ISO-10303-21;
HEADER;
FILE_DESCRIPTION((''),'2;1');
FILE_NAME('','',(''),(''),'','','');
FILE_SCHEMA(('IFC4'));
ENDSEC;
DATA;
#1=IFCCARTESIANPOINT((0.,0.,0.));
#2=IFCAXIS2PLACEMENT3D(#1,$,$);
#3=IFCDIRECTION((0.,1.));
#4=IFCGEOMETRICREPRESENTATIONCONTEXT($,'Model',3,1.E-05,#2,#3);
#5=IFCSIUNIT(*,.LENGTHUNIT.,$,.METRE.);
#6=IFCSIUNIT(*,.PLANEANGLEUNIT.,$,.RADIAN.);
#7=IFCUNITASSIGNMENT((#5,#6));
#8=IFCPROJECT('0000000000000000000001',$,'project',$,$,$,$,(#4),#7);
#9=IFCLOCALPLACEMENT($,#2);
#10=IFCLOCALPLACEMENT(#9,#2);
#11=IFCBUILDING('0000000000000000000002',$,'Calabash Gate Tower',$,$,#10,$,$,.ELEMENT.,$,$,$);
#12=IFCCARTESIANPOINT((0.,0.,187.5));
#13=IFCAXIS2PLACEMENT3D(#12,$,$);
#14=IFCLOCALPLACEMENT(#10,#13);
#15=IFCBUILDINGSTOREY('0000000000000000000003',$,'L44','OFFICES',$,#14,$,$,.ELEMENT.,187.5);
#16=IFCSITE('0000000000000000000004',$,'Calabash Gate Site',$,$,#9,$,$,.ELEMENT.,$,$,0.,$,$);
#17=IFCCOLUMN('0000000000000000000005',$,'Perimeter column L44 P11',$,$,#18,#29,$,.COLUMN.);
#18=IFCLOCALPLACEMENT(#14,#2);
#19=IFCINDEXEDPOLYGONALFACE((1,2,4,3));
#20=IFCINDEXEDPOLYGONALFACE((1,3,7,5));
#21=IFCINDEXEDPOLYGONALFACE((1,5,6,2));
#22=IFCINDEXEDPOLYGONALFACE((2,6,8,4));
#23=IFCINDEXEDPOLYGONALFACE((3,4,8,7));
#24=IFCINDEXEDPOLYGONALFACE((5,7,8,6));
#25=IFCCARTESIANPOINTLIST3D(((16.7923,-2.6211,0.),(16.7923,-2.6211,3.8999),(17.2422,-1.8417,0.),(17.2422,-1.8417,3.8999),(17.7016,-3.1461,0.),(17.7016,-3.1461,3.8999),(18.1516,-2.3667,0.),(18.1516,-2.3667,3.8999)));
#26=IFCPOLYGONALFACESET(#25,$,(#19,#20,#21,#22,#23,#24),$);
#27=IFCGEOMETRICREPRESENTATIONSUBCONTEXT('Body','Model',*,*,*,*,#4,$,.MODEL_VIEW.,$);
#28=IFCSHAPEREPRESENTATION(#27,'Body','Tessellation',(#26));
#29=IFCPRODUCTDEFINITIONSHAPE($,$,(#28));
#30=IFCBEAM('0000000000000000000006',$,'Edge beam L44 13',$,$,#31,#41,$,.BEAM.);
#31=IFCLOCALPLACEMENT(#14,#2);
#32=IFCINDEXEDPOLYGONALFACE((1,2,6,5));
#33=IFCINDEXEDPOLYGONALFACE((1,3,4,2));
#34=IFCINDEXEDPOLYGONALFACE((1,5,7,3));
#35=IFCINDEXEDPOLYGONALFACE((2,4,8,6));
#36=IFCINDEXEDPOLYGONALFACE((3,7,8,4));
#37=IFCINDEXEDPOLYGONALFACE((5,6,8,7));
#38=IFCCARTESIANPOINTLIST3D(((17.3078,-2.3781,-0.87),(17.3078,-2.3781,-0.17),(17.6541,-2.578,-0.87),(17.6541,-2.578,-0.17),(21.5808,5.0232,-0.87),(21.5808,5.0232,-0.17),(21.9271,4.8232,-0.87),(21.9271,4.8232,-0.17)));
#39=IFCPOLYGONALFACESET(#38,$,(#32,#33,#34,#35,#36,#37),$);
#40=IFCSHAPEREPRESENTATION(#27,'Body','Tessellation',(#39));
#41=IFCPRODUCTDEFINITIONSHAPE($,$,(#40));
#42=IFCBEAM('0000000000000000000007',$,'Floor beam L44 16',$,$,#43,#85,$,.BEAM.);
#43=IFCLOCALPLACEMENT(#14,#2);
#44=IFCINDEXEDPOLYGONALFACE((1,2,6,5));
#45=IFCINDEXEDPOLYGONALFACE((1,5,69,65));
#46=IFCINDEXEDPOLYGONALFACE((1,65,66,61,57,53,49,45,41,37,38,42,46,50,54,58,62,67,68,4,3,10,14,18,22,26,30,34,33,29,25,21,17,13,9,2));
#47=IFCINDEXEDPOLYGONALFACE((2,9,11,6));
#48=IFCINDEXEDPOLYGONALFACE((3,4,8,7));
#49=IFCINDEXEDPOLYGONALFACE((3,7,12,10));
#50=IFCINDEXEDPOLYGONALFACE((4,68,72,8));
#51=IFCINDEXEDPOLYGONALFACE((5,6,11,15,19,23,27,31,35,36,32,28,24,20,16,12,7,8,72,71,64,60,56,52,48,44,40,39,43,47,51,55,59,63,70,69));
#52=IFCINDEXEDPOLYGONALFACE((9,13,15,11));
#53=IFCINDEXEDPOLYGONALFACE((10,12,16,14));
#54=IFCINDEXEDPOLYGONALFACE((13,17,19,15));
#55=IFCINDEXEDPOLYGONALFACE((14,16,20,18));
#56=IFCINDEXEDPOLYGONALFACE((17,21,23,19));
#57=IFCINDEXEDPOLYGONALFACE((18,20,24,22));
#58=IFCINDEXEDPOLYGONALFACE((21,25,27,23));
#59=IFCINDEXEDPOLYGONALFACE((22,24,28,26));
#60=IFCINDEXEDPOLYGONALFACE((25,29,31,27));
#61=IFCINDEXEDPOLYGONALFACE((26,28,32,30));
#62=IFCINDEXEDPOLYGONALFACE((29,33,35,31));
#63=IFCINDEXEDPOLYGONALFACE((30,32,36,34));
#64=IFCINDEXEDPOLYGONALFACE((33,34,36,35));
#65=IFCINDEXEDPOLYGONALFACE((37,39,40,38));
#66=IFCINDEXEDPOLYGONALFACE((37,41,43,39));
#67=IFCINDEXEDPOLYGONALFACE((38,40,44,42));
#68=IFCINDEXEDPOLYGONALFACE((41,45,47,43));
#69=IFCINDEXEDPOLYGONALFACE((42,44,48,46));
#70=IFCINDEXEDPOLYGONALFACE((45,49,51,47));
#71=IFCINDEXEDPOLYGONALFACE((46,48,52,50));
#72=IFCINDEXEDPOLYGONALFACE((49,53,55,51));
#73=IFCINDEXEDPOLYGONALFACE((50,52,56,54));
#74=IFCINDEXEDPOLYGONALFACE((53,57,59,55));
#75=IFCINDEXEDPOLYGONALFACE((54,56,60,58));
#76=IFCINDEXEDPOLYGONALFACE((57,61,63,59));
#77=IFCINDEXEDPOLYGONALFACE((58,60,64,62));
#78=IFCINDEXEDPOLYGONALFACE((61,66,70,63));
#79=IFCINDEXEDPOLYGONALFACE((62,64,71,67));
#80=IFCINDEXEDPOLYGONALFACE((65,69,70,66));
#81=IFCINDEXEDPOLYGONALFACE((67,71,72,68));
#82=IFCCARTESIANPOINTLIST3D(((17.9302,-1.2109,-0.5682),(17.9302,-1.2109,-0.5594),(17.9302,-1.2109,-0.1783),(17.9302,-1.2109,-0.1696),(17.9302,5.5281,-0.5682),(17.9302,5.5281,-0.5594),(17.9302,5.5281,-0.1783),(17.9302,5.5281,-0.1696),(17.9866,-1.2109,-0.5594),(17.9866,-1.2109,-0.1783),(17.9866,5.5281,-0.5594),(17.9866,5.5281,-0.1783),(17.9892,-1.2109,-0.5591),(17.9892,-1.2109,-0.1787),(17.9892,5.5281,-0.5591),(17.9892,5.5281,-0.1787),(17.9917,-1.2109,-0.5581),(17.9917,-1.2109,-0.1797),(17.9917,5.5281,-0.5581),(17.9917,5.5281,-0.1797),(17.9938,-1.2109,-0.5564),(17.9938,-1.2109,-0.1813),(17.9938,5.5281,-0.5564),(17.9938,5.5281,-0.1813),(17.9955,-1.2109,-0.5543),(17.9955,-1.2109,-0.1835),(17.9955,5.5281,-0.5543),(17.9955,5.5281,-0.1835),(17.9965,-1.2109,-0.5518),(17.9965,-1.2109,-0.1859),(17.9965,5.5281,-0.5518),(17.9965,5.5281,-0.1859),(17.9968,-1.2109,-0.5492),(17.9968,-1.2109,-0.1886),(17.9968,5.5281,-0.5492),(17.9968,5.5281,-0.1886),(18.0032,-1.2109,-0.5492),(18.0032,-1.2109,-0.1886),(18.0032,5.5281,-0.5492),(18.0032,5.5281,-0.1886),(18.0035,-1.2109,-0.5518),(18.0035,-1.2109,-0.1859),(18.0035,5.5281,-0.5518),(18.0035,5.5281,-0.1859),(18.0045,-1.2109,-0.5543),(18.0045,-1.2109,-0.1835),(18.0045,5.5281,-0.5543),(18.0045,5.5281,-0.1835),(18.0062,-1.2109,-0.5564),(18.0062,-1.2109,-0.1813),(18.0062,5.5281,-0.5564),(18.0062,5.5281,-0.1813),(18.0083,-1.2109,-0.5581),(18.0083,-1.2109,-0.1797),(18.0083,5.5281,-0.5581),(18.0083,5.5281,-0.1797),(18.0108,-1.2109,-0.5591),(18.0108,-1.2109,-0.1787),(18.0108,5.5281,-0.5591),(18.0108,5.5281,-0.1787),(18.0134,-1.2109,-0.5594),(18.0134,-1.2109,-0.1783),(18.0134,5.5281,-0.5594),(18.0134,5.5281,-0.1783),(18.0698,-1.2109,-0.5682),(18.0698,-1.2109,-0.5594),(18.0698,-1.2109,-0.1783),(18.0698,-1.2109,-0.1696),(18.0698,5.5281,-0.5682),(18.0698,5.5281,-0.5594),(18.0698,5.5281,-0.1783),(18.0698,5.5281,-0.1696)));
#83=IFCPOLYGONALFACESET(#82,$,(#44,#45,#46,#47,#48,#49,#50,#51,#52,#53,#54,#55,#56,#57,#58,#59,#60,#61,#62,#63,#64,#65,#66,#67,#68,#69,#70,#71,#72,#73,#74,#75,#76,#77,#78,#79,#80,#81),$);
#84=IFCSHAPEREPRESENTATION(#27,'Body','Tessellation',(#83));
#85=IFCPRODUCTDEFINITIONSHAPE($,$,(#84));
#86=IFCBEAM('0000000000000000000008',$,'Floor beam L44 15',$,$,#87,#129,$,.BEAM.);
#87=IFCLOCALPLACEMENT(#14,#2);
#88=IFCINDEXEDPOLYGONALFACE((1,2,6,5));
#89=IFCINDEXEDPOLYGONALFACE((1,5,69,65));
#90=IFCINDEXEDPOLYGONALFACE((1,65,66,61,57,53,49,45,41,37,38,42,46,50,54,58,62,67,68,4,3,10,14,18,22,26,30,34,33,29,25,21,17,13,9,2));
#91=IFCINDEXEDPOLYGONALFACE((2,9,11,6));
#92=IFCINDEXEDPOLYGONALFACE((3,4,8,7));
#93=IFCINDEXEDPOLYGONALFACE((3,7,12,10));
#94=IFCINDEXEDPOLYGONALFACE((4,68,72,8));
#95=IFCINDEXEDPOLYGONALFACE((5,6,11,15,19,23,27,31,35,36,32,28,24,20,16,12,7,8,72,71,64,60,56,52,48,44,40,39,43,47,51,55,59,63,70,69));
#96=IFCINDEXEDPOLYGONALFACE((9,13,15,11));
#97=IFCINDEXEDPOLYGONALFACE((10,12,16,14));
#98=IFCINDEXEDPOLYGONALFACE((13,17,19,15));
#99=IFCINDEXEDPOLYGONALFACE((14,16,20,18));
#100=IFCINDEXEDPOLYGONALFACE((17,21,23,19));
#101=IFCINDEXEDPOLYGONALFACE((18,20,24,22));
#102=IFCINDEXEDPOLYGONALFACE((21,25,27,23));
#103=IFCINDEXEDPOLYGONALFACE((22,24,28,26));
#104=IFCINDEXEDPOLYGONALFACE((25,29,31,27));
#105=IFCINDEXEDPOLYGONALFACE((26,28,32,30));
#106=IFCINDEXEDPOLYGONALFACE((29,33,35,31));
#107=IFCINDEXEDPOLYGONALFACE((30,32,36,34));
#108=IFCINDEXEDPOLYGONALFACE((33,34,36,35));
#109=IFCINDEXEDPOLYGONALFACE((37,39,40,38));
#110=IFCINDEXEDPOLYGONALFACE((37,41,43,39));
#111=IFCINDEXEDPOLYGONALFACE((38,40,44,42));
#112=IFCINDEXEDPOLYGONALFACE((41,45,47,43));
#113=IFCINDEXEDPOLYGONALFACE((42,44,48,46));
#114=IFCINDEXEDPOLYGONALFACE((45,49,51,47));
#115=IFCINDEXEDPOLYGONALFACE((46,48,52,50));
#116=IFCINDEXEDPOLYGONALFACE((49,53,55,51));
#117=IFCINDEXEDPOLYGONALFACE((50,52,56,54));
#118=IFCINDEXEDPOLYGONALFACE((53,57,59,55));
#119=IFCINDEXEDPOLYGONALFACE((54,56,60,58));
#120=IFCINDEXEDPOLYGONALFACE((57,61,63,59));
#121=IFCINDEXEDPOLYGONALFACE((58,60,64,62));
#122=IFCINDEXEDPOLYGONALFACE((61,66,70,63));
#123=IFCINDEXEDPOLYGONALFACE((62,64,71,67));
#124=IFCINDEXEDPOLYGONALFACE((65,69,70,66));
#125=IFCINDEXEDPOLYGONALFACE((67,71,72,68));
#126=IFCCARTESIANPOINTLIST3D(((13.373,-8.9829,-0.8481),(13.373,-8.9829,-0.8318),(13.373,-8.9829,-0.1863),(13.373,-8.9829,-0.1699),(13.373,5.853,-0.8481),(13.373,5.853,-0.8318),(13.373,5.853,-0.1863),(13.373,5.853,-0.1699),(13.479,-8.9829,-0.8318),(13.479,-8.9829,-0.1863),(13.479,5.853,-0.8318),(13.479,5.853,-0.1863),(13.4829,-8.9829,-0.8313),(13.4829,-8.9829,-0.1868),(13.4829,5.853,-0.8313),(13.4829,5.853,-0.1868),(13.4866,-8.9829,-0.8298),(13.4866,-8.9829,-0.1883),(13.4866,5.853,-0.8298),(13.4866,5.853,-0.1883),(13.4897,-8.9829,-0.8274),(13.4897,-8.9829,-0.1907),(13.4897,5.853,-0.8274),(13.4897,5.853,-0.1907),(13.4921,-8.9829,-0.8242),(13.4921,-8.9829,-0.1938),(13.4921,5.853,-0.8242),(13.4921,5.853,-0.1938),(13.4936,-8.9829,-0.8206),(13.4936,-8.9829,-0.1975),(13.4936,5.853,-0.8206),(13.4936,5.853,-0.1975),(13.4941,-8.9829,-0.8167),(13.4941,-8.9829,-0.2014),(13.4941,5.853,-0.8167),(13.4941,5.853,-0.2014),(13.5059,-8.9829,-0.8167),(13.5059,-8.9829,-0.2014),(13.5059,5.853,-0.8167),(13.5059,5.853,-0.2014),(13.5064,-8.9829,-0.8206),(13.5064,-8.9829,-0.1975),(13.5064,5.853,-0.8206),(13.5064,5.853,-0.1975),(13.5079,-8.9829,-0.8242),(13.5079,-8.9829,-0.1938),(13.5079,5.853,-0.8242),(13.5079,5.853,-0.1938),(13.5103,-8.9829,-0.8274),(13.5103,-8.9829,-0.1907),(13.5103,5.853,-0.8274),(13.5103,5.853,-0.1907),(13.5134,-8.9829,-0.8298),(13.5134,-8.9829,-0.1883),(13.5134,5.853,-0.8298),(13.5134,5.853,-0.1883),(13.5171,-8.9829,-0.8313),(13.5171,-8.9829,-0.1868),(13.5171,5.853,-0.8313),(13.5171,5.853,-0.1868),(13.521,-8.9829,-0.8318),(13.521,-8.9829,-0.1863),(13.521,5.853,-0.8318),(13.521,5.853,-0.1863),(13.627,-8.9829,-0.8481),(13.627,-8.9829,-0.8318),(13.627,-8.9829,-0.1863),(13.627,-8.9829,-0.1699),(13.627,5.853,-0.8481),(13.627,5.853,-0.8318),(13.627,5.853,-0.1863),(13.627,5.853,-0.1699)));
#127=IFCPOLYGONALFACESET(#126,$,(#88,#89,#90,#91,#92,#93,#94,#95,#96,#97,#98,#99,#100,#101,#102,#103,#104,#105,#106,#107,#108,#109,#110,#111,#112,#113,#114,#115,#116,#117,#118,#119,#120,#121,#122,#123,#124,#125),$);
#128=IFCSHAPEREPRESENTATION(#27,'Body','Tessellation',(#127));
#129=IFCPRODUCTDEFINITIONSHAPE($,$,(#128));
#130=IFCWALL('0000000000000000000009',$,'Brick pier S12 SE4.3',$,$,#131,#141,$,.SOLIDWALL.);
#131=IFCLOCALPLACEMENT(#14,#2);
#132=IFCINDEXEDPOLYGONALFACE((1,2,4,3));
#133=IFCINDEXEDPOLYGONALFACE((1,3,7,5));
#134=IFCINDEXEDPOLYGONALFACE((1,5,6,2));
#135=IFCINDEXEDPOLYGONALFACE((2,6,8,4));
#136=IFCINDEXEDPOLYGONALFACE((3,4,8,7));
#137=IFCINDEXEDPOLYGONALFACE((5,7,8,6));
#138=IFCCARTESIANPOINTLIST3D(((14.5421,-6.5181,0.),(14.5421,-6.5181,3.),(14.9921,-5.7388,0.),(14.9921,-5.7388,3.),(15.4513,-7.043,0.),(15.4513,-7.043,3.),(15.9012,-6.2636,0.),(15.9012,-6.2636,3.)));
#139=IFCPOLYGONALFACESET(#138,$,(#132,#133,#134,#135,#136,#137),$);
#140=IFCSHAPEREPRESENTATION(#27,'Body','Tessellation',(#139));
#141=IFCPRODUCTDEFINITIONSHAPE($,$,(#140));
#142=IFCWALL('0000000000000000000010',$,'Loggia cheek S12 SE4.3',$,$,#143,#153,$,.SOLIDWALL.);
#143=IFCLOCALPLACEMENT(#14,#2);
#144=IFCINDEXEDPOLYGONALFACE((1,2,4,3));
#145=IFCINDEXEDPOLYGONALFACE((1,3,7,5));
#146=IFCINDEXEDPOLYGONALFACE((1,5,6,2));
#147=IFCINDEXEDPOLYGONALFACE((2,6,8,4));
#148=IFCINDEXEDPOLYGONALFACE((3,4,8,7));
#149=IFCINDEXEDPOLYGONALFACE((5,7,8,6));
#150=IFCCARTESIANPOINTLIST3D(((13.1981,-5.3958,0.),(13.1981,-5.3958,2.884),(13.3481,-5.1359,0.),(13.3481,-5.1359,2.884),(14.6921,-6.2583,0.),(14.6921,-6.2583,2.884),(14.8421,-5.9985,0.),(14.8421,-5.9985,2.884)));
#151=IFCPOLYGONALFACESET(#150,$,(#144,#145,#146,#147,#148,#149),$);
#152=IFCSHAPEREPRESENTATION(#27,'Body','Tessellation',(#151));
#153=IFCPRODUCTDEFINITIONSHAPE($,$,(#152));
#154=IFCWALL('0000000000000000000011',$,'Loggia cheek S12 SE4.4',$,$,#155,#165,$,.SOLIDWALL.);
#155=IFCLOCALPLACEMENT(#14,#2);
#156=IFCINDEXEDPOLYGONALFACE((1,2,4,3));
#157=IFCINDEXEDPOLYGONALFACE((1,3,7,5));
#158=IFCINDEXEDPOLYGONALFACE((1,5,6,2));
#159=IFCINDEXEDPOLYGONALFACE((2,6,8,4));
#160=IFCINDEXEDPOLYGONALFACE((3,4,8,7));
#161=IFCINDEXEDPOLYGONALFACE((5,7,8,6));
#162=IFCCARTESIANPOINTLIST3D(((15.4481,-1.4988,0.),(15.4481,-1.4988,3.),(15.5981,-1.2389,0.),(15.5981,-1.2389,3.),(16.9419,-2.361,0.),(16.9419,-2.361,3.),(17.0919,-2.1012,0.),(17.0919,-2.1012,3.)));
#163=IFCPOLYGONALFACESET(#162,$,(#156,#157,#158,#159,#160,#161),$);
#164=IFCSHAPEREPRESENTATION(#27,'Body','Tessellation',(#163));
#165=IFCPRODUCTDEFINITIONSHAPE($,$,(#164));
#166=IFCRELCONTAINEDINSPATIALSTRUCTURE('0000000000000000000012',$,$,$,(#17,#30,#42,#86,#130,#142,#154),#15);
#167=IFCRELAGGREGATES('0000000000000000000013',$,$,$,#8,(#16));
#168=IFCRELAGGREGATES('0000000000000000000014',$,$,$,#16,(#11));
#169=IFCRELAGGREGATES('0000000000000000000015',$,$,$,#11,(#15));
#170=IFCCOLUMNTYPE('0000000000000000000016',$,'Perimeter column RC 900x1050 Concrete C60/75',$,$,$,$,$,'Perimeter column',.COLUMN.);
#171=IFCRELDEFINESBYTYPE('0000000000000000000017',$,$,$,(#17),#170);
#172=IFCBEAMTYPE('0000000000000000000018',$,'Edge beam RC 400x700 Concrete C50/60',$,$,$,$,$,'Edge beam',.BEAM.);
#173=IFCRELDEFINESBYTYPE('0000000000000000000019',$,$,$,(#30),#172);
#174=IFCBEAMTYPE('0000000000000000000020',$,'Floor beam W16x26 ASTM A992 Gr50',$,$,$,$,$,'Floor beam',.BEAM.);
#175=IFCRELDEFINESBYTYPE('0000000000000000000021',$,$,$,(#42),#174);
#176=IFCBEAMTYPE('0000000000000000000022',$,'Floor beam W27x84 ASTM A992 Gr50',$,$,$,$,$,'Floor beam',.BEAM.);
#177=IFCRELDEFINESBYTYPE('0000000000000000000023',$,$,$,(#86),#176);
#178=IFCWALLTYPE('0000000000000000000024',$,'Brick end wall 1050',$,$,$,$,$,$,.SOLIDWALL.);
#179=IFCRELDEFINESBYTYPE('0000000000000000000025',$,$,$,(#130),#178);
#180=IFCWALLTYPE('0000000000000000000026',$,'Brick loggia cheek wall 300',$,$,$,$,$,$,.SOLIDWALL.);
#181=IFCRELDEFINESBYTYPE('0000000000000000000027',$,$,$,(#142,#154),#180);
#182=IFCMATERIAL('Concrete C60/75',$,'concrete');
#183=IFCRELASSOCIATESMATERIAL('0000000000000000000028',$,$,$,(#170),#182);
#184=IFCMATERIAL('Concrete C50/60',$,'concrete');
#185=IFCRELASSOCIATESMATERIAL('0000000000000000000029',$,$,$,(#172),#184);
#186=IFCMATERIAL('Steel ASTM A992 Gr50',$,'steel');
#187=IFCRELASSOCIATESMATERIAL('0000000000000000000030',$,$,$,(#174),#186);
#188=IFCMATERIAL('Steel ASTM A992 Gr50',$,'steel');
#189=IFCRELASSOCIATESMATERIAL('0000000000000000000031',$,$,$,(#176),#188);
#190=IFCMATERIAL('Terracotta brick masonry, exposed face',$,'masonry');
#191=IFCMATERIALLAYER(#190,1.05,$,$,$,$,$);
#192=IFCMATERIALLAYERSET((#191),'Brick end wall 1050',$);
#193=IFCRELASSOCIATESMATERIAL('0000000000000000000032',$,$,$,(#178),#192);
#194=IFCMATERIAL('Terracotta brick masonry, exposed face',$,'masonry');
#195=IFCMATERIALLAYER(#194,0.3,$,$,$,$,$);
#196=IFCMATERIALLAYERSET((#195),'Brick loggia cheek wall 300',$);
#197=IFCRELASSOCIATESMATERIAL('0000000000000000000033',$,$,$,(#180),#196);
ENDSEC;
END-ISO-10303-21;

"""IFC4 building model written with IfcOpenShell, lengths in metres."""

from ifc_helpers import new_model, si_unit, direction, frame, frame_2d, origin, origin_2d, place, context, subcontext, project, spatial, rectangle, i_section, extrude, material, layer, layer_set, material_profile, profile_set, type_object, element, save


model = new_model("IFC4")

# Units and contexts
model_context = context("Model", 3, precision=1e-05, world=origin(), true_north=direction((0.0, 1.0)))
body_context = subcontext(model_context, "Body", "Model", "MODEL_VIEW")
ifc_project = project(units=[si_unit("LENGTHUNIT", "METRE"), si_unit("PLANEANGLEUNIT", "RADIAN")], contexts=[model_context])

# Site, building, storey
site_placement = place(None, origin())
site = spatial("IfcSite", under=ifc_project, at=site_placement, Name="Calabash Gate Site", CompositionType="ELEMENT", RefElevation=0.0)
building_placement = place(site_placement, origin())
building = spatial("IfcBuilding", under=site, at=building_placement, Name="Calabash Gate Tower", CompositionType="ELEMENT")
storey_placement = place(building_placement, frame((0.0, 0.0, 187.5)))
storey = spatial("IfcBuildingStorey", under=building, at=storey_placement, Name="L44", Description="OFFICES", CompositionType="ELEMENT", Elevation=187.5)

# Column
ifc_material_1 = material(Name="Concrete C60/75", Category="concrete")
ifc_material_profile_1 = material_profile(ifc_material_1, rectangle(XDim=0.8999, YDim=1.05, at=origin_2d()))
ifc_profile_set_1 = profile_set([ifc_material_profile_1], Name="Concrete C60/75")
column_type = type_object("IfcColumnType", Name="Perimeter column RC 900x1050 Concrete C60/75", ElementType="Perimeter column", PredefinedType="COLUMN", material=ifc_profile_set_1)
column_placement = place(storey_placement, frame((17.4719, -2.4939, 0.0), z_axis=(0.0, 0.0, 1.0), x_axis=(0.5, 0.866025, 0.0)))
element("IfcColumn", 1, at=column_placement, inside=storey, type_object=column_type, Name="Perimeter column L44 P11", PredefinedType="COLUMN", context=body_context, shape_type="SweptSolid", body=[
    extrude(rectangle(XDim=0.8999, YDim=1.05, at=origin_2d()), origin(), (0.0, 0.0, 1.0), 3.8999),
])

# Beams
ifc_material_2 = material(Name="Concrete C50/60", Category="concrete")
ifc_material_profile_2 = material_profile(ifc_material_2, rectangle(XDim=0.3999, YDim=0.7, at=origin_2d()))
ifc_profile_set_2 = profile_set([ifc_material_profile_2], Name="Concrete C50/60")
beam_type_1 = type_object("IfcBeamType", Name="Edge beam RC 400x700 Concrete C50/60", ElementType="Edge beam", PredefinedType="BEAM", material=ifc_profile_set_2)
beam_1_placement = place(storey_placement, frame((17.481, -2.478, -0.52), z_axis=(0.499992, 0.86603, 0.0), x_axis=(-0.86603, 0.499992, 0.0)))
element("IfcBeam", 2, at=beam_1_placement, inside=storey, type_object=beam_type_1, Name="Edge beam L44 13", PredefinedType="BEAM", context=body_context, shape_type="SweptSolid", body=[
    extrude(rectangle(XDim=0.3999, YDim=0.7, at=origin_2d()), origin(), (0.0, 0.0, 1.0), 8.5461),
])
ifc_material_3 = material(Name="Steel ASTM A992 Gr50", Category="steel")
ifc_material_profile_3 = material_profile(ifc_material_3, i_section(OverallWidth=0.1396, OverallDepth=0.3987, WebThickness=0.0063, FlangeThickness=0.0088, FilletRadius=0.0103, at=origin_2d()))
ifc_profile_set_3 = profile_set([ifc_material_profile_3], Name="Steel ASTM A992 Gr50")
beam_type_2 = type_object("IfcBeamType", Name="Floor beam W16x26 ASTM A992 Gr50", ElementType="Floor beam", PredefinedType="BEAM", material=ifc_profile_set_3)
beam_2_placement = place(storey_placement, frame((18.0, -1.2109, -0.3689), z_axis=(0.0, 1.0, 0.0), x_axis=(-1.0, 0.0, 0.0)))
element("IfcBeam", 3, at=beam_2_placement, inside=storey, type_object=beam_type_2, Name="Floor beam L44 16", PredefinedType="BEAM", context=body_context, shape_type="SweptSolid", body=[
    extrude(i_section(OverallWidth=0.1396, OverallDepth=0.3987, WebThickness=0.0063, FlangeThickness=0.0088, FilletRadius=0.0103, at=origin_2d()), origin(), (0.0, 0.0, 1.0), 6.739),
])
ifc_material_4 = material(Name="Steel ASTM A992 Gr50", Category="steel")
ifc_material_profile_4 = material_profile(ifc_material_4, i_section(OverallWidth=0.2539, OverallDepth=0.6782, WebThickness=0.0117, FlangeThickness=0.0164, FilletRadius=0.0151, at=origin_2d()))
ifc_profile_set_4 = profile_set([ifc_material_profile_4], Name="Steel ASTM A992 Gr50")
beam_type_3 = type_object("IfcBeamType", Name="Floor beam W27x84 ASTM A992 Gr50", ElementType="Floor beam", PredefinedType="BEAM", material=ifc_profile_set_4)
beam_3_placement = place(storey_placement, frame((13.5, -8.9829, -0.509), z_axis=(0.0, 1.0, 0.0), x_axis=(-1.0, 0.0, 0.0)))
element("IfcBeam", 4, at=beam_3_placement, inside=storey, type_object=beam_type_3, Name="Floor beam L44 15", PredefinedType="BEAM", context=body_context, shape_type="SweptSolid", body=[
    extrude(i_section(OverallWidth=0.2539, OverallDepth=0.6782, WebThickness=0.0117, FlangeThickness=0.0164, FilletRadius=0.0151, at=origin_2d()), origin(), (0.0, 0.0, 1.0), 14.8359),
])

# Walls
ifc_material_5 = material(Name="Terracotta brick masonry, exposed face", Category="masonry")
ifc_layer_1 = layer(ifc_material_5, 1.05)
ifc_layer_set_1 = layer_set([ifc_layer_1], Name="Brick end wall 1050")
wall_type_1 = type_object("IfcWallType", Name="Brick end wall 1050", PredefinedType="SOLIDWALL", material=ifc_layer_set_1)
wall_1_placement = place(storey_placement, frame((15.6763, -6.6533, 0.0), z_axis=(0.0, 0.0, 1.0), x_axis=(-0.866031, 0.499991, 0.0)))
element("IfcWall", 5, at=wall_1_placement, inside=storey, type_object=wall_type_1, Name="Brick pier S12 SE4.3", PredefinedType="SOLIDWALL", context=body_context, shape_type="SweptSolid", body=[
    extrude(rectangle(XDim=1.0498, YDim=0.8999, at=frame_2d((0.5249, 0.0))), origin(), (0.0, 0.0, 1.0), 3.0),
])
ifc_material_6 = material(Name="Terracotta brick masonry, exposed face", Category="masonry")
ifc_layer_2 = layer(ifc_material_6, 0.3)
ifc_layer_set_2 = layer_set([ifc_layer_2], Name="Brick loggia cheek wall 300")
wall_type_2 = type_object("IfcWallType", Name="Brick loggia cheek wall 300", PredefinedType="SOLIDWALL", material=ifc_layer_set_2)
wall_2_placement = place(storey_placement, frame((14.7671, -6.1284, 0.0), z_axis=(0.0, 0.0, 1.0), x_axis=(-0.866014, 0.500021, 0.0)))
element("IfcWall", 6, at=wall_2_placement, inside=storey, type_object=wall_type_2, Name="Loggia cheek S12 SE4.3", PredefinedType="SOLIDWALL", context=body_context, shape_type="SweptSolid", body=[
    extrude(rectangle(XDim=1.7251, YDim=0.3, at=frame_2d((0.8625, 0.0))), origin(), (0.0, 0.0, 1.0), 2.884),
])
wall_3_placement = place(storey_placement, frame((15.5232, -1.3689, 0.0), z_axis=(0.0, 0.0, 1.0), x_axis=(0.866075, -0.499914, 0.0)))
element("IfcWall", 7, at=wall_3_placement, inside=storey, type_object=wall_type_2, Name="Loggia cheek S12 SE4.4", PredefinedType="SOLIDWALL", context=body_context, shape_type="SweptSolid", body=[
    extrude(rectangle(XDim=1.7249, YDim=0.3, at=frame_2d((0.8623, 0.0))), origin(), (0.0, 0.0, 1.0), 3.0),
])

save(model, "model.ifc")
